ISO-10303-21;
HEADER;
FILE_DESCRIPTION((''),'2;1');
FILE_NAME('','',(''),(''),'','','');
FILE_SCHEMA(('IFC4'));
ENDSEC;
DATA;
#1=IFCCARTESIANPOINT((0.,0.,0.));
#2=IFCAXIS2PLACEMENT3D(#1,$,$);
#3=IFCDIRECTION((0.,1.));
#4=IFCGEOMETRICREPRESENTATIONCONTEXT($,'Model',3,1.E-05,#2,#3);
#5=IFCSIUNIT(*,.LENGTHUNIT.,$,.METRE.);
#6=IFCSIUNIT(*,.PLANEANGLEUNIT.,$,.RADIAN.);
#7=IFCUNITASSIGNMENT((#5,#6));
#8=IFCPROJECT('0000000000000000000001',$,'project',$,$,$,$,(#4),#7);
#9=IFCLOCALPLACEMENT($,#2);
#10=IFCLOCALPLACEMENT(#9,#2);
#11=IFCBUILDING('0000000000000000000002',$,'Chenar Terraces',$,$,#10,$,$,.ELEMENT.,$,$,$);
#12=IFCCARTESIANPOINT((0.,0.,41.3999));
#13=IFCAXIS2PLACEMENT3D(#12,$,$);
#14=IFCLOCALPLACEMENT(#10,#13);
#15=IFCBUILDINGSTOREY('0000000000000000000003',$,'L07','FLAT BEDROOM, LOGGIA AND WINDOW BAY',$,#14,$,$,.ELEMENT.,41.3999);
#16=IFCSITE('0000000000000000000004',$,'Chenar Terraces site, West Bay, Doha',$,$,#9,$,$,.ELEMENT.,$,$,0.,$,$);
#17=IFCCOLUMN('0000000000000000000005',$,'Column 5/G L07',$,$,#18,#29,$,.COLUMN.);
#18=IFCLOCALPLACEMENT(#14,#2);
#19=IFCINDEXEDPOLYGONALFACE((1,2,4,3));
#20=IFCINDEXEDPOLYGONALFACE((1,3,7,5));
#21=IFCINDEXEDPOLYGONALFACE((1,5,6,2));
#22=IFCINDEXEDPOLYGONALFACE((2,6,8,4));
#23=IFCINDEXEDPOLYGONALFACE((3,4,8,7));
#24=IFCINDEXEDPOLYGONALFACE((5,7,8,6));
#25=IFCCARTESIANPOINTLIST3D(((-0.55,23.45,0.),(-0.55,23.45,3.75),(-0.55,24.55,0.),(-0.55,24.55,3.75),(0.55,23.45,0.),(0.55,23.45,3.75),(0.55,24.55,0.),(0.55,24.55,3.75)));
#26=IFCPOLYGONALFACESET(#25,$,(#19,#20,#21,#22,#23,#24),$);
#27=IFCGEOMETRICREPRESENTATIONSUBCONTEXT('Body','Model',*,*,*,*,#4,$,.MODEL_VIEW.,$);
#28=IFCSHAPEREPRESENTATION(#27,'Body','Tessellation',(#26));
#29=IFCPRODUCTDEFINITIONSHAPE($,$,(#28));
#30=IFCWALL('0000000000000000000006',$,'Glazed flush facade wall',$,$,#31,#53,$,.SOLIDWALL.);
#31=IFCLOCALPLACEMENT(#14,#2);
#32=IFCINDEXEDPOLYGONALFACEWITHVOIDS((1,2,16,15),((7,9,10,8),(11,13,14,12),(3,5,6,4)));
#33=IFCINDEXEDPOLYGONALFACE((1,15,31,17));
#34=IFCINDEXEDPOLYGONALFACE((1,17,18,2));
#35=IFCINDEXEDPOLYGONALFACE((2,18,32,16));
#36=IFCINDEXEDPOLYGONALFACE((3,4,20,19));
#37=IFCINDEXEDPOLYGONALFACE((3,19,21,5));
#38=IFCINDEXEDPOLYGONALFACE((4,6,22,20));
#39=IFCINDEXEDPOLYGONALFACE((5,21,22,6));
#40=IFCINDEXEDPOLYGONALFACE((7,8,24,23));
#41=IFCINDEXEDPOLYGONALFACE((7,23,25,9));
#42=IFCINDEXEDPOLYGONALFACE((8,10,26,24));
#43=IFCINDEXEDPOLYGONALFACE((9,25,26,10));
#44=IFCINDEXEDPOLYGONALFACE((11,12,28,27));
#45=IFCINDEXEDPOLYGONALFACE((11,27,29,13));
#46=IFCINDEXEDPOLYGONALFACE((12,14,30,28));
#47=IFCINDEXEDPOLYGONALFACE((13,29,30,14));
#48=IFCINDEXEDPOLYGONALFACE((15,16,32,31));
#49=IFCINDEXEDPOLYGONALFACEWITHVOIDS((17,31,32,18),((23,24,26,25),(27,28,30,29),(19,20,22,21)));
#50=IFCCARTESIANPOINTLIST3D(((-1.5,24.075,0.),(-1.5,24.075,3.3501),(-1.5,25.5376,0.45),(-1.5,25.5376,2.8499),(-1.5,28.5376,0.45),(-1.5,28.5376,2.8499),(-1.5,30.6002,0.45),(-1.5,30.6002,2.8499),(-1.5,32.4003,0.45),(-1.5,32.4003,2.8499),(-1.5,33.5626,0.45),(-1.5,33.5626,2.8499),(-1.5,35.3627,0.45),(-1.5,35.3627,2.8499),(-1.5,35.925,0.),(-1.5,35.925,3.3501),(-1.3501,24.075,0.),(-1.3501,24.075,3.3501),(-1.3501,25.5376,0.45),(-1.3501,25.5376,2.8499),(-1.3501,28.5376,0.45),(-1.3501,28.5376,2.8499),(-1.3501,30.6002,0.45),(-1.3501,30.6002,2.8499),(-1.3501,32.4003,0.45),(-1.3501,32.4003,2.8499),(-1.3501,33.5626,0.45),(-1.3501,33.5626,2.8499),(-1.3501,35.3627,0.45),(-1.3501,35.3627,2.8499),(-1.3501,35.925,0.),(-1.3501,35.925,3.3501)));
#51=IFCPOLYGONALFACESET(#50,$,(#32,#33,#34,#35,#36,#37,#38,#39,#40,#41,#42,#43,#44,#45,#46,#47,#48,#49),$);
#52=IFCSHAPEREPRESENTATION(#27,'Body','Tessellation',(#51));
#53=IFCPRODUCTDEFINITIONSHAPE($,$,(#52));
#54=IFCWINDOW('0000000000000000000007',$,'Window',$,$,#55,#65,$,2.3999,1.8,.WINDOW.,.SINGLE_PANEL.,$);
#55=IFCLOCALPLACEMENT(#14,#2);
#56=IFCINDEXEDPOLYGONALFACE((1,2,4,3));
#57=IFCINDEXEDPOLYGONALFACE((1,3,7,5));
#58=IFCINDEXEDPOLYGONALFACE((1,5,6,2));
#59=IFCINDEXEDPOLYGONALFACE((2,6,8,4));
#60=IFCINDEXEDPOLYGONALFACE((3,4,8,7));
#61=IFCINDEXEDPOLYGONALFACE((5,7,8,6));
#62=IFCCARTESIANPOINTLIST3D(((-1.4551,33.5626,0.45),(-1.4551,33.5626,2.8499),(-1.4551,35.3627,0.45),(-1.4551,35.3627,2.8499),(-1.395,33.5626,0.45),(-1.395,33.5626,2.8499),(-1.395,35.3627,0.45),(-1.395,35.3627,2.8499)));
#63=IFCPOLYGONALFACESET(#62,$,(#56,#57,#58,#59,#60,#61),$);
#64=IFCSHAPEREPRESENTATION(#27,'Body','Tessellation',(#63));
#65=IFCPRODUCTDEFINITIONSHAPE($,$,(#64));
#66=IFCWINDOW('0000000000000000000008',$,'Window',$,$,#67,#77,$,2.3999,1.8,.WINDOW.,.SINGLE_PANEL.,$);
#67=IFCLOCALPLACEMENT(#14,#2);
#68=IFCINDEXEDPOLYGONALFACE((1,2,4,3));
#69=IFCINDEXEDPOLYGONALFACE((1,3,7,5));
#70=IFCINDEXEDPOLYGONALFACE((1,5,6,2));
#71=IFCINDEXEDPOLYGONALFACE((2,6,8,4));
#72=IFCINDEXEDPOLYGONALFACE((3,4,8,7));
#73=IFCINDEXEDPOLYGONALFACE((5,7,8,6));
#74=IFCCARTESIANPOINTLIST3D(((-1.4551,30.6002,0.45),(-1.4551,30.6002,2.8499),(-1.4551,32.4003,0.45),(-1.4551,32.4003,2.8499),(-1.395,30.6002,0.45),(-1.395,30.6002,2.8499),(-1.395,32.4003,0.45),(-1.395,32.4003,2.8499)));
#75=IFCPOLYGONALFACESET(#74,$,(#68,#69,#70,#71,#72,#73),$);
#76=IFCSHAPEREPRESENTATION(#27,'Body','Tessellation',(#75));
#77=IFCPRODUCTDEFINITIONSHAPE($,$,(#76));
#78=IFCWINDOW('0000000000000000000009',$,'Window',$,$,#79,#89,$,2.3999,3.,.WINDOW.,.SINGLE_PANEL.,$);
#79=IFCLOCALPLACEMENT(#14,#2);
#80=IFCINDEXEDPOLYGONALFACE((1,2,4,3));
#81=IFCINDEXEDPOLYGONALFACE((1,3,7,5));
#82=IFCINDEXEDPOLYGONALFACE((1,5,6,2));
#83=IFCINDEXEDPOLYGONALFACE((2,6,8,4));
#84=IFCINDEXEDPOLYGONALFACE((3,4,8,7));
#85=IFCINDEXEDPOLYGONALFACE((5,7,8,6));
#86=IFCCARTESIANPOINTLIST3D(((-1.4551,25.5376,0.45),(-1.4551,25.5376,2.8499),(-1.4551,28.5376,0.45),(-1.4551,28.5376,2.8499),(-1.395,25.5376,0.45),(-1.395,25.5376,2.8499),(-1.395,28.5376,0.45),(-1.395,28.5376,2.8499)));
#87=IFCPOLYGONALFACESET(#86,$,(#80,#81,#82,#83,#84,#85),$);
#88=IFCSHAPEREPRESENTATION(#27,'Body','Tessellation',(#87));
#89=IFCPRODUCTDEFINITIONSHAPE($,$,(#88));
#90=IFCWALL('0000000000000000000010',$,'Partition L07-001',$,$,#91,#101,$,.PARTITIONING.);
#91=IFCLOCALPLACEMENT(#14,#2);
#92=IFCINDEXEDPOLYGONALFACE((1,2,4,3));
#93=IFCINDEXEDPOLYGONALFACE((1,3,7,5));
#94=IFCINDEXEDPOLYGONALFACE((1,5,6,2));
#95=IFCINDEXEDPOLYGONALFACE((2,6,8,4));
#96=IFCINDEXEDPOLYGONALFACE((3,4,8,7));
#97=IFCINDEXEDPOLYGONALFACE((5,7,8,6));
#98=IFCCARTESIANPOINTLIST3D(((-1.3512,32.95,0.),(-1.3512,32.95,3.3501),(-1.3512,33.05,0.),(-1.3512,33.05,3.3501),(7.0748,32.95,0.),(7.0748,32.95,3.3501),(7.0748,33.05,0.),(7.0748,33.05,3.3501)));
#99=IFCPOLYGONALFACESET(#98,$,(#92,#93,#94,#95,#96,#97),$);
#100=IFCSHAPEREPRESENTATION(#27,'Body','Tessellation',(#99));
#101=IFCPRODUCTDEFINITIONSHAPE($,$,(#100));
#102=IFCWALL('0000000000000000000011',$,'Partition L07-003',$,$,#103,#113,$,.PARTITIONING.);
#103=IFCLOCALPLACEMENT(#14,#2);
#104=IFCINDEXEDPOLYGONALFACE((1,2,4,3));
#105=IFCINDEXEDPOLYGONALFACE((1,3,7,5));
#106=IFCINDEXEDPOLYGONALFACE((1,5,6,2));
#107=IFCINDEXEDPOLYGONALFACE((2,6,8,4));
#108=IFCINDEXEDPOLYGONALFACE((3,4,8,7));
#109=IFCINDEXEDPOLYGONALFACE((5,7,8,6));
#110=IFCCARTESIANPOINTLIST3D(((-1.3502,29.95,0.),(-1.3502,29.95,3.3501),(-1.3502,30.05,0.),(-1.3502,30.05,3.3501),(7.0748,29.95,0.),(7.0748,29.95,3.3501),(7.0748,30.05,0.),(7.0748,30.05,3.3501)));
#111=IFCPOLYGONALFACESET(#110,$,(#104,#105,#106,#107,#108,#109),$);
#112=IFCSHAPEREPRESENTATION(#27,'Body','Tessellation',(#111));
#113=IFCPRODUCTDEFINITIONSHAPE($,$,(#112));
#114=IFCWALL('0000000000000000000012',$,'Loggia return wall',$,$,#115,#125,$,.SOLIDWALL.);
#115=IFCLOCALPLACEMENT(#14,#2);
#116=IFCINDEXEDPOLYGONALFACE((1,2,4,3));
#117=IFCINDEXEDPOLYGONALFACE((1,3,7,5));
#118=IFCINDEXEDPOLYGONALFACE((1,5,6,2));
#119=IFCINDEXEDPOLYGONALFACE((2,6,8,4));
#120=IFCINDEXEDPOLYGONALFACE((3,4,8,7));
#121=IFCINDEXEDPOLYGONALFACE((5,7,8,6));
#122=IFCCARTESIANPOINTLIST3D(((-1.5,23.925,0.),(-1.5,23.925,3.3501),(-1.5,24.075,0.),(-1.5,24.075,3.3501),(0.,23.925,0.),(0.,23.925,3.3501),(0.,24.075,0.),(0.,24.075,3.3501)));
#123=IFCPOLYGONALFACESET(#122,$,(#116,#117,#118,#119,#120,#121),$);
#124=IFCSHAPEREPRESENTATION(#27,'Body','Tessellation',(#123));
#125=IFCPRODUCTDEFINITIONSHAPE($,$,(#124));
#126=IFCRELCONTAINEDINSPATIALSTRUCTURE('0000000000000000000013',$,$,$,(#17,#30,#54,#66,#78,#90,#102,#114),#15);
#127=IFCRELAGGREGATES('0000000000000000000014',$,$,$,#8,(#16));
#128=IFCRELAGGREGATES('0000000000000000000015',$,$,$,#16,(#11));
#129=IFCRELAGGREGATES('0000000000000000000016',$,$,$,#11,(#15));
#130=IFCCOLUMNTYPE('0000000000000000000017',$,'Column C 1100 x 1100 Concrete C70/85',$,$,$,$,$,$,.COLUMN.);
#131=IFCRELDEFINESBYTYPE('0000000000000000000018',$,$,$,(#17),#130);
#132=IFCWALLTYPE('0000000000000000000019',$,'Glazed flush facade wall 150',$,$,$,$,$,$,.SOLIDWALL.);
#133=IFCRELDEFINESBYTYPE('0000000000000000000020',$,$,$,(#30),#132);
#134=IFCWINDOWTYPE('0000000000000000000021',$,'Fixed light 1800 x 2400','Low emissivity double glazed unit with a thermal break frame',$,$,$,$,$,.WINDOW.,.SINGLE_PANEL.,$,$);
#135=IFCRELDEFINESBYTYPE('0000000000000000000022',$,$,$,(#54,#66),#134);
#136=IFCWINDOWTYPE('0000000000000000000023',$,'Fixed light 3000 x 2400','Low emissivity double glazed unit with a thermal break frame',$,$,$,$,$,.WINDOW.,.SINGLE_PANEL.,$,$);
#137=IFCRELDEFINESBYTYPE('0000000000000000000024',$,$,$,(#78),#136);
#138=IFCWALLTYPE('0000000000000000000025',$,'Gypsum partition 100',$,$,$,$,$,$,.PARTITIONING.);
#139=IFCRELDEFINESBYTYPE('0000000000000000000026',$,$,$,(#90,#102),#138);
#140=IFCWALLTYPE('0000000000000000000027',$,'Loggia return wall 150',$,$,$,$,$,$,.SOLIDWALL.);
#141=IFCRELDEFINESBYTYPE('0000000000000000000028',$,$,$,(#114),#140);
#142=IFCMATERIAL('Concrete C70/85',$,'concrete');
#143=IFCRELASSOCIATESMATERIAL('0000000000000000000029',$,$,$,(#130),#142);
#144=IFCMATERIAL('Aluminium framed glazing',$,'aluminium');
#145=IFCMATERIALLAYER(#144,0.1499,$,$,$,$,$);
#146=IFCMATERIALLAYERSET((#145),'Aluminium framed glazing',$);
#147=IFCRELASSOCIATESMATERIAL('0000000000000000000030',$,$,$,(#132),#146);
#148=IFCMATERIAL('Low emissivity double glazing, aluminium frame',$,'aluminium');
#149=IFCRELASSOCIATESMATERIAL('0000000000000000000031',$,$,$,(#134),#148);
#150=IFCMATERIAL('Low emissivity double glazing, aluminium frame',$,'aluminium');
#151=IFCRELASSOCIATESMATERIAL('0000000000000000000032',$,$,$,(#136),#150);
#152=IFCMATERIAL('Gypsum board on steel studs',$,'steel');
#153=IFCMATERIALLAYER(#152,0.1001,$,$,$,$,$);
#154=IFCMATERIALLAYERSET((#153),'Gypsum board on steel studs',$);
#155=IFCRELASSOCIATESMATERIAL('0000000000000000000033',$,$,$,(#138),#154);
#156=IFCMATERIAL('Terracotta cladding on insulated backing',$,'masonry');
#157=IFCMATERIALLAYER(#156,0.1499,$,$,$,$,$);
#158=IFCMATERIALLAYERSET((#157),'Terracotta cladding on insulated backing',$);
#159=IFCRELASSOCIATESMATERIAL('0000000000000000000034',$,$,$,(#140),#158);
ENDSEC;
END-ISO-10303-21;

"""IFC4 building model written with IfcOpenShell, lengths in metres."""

from ifc_helpers import new_model, si_unit, direction, frame, frame_2d, origin, origin_2d, place, context, subcontext, project, spatial, rectangle, extrude, material, layer, layer_set, material_profile, profile_set, type_object, element, fill, save


model = new_model("IFC4")

# Units and contexts
model_context = context("Model", 3, precision=1e-05, world=origin(), true_north=direction((0.0, 1.0)))
body_context = subcontext(model_context, "Body", "Model", "MODEL_VIEW")
ifc_project = project(units=[si_unit("LENGTHUNIT", "METRE"), si_unit("PLANEANGLEUNIT", "RADIAN")], contexts=[model_context])

# Site, building, storey
site_placement = place(None, origin())
site = spatial("IfcSite", under=ifc_project, at=site_placement, Name="Chenar Terraces site, West Bay, Doha", CompositionType="ELEMENT", RefElevation=0.0)
building_placement = place(site_placement, origin())
building = spatial("IfcBuilding", under=site, at=building_placement, Name="Chenar Terraces", CompositionType="ELEMENT")
storey_placement = place(building_placement, frame((0.0, 0.0, 41.3999)))
storey = spatial("IfcBuildingStorey", under=building, at=storey_placement, Name="L07", Description="FLAT BEDROOM, LOGGIA AND WINDOW BAY", CompositionType="ELEMENT", Elevation=41.3999)

# Column
ifc_material_1 = material(Name="Concrete C70/85", Category="concrete")
ifc_material_profile_1 = material_profile(ifc_material_1, rectangle(XDim=1.1001, YDim=1.1001, at=origin_2d()), Name="C 1100 x 1100")
ifc_profile_set_1 = profile_set([ifc_material_profile_1], Name="Concrete C70/85")
column_type = type_object("IfcColumnType", Name="Column C 1100 x 1100 Concrete C70/85", PredefinedType="COLUMN", material=ifc_profile_set_1)
column_placement = place(storey_placement, frame((0.0, 24.0, 0.0), z_axis=(0.0, 0.0, 1.0), x_axis=(1.0, 0.0, 0.0)))
element("IfcColumn", 1, at=column_placement, inside=storey, type_object=column_type, Name="Column 5/G L07", PredefinedType="COLUMN", context=body_context, shape_type="SweptSolid", body=[
    extrude(rectangle(XDim=1.1001, YDim=1.1001, at=origin_2d()), origin(), (0.0, 0.0, 1.0), 3.75),
])

# Wall, openings, windows
ifc_material_2 = material(Name="Aluminium framed glazing", Category="aluminium")
ifc_layer_1 = layer(ifc_material_2, 0.1499)
ifc_layer_set_1 = layer_set([ifc_layer_1], Name="Aluminium framed glazing")
wall_type_1 = type_object("IfcWallType", Name="Glazed flush facade wall 150", PredefinedType="SOLIDWALL", material=ifc_layer_set_1)
wall_1_placement = place(storey_placement, frame((-1.425, 35.925, 0.0), z_axis=(0.0, 0.0, 1.0), x_axis=(0.0, -1.0, 0.0)))
wall_1 = element("IfcWall", 2, at=wall_1_placement, inside=storey, type_object=wall_type_1, Name="Glazed flush facade wall", PredefinedType="SOLIDWALL", context=body_context, shape_type="SweptSolid", body=[
    extrude(rectangle(XDim=11.8501, YDim=0.1499, at=frame_2d((5.925, 0.0))), origin(), (0.0, 0.0, 1.0), 3.3501),
])
opening_1_placement = place(wall_1_placement, frame((0.5625, 0.0, 0.45)))
opening_1 = element("IfcOpeningElement", 3, at=opening_1_placement, cuts=wall_1, PredefinedType="OPENING", context=body_context, shape_type="SweptSolid", body=[
    extrude(rectangle(XDim=1.8, YDim=2.3999, at=frame_2d((0.8999, 1.2))), frame((0.0, 0.085, 0.0), z_axis=(0.0, -1.0, 0.0), x_axis=(1.0, 0.0, 0.0)), (0.0, 0.0, 1.0), 0.1699),
])
opening_2_placement = place(wall_1_placement, frame((3.5249, 0.0, 0.45)))
opening_2 = element("IfcOpeningElement", 4, at=opening_2_placement, cuts=wall_1, PredefinedType="OPENING", context=body_context, shape_type="SweptSolid", body=[
    extrude(rectangle(XDim=1.8, YDim=2.3999, at=frame_2d((0.8999, 1.2))), frame((0.0, 0.085, 0.0), z_axis=(0.0, -1.0, 0.0), x_axis=(1.0, 0.0, 0.0)), (0.0, 0.0, 1.0), 0.1699),
])
opening_3_placement = place(wall_1_placement, frame((7.3875, 0.0, 0.45)))
opening_3 = element("IfcOpeningElement", 5, at=opening_3_placement, cuts=wall_1, PredefinedType="OPENING", context=body_context, shape_type="SweptSolid", body=[
    extrude(rectangle(XDim=3.0, YDim=2.3999, at=frame_2d((1.5, 1.2))), frame((0.0, 0.085, 0.0), z_axis=(0.0, -1.0, 0.0), x_axis=(1.0, 0.0, 0.0)), (0.0, 0.0, 1.0), 0.1699),
])
ifc_material_3 = material(Name="Low emissivity double glazing, aluminium frame", Category="aluminium")
window_type_1 = type_object("IfcWindowType", Name="Fixed light 1800 x 2400", Description="Low emissivity double glazed unit with a thermal break frame", PartitioningType="SINGLE_PANEL", PredefinedType="WINDOW", material=ifc_material_3)
window_1_placement = place(opening_1_placement, origin())
window_1 = element("IfcWindow", 6, at=window_1_placement, inside=storey, type_object=window_type_1, Name="Window", OverallHeight=2.3999, OverallWidth=1.8, PartitioningType="SINGLE_PANEL", PredefinedType="WINDOW", context=body_context, shape_type="SweptSolid", body=[
    extrude(rectangle(XDim=1.8, YDim=2.3999, at=frame_2d((0.8999, 1.2))), frame((0.0, 0.03, 0.0), z_axis=(0.0, -1.0, 0.0), x_axis=(1.0, 0.0, 0.0)), (0.0, 0.0, 1.0), 0.0601),
])
fill(opening_1, window_1)
window_2_placement = place(opening_2_placement, origin())
window_2 = element("IfcWindow", 7, at=window_2_placement, inside=storey, type_object=window_type_1, Name="Window", OverallHeight=2.3999, OverallWidth=1.8, PartitioningType="SINGLE_PANEL", PredefinedType="WINDOW", context=body_context, shape_type="SweptSolid", body=[
    extrude(rectangle(XDim=1.8, YDim=2.3999, at=frame_2d((0.8999, 1.2))), frame((0.0, 0.03, 0.0), z_axis=(0.0, -1.0, 0.0), x_axis=(1.0, 0.0, 0.0)), (0.0, 0.0, 1.0), 0.0601),
])
fill(opening_2, window_2)
ifc_material_4 = material(Name="Low emissivity double glazing, aluminium frame", Category="aluminium")
window_type_2 = type_object("IfcWindowType", Name="Fixed light 3000 x 2400", Description="Low emissivity double glazed unit with a thermal break frame", PartitioningType="SINGLE_PANEL", PredefinedType="WINDOW", material=ifc_material_4)
window_3_placement = place(opening_3_placement, origin())
window_3 = element("IfcWindow", 8, at=window_3_placement, inside=storey, type_object=window_type_2, Name="Window", OverallHeight=2.3999, OverallWidth=3.0, PartitioningType="SINGLE_PANEL", PredefinedType="WINDOW", context=body_context, shape_type="SweptSolid", body=[
    extrude(rectangle(XDim=3.0, YDim=2.3999, at=frame_2d((1.5, 1.2))), frame((0.0, 0.03, 0.0), z_axis=(0.0, -1.0, 0.0), x_axis=(1.0, 0.0, 0.0)), (0.0, 0.0, 1.0), 0.0601),
])
fill(opening_3, window_3)

# Walls
ifc_material_5 = material(Name="Gypsum board on steel studs", Category="steel")
ifc_layer_2 = layer(ifc_material_5, 0.1001)
ifc_layer_set_2 = layer_set([ifc_layer_2], Name="Gypsum board on steel studs")
wall_type_2 = type_object("IfcWallType", Name="Gypsum partition 100", PredefinedType="PARTITIONING", material=ifc_layer_set_2)
wall_2_placement = place(storey_placement, frame((-1.3511, 33.0, 0.0), z_axis=(0.0, 0.0, 1.0), x_axis=(1.0, 0.0, 0.0)))
element("IfcWall", 9, at=wall_2_placement, inside=storey, type_object=wall_type_2, Name="Partition L07-001", PredefinedType="PARTITIONING", context=body_context, shape_type="SweptSolid", body=[
    extrude(rectangle(XDim=8.426, YDim=0.1001, at=frame_2d((4.2129, 0.0))), origin(), (0.0, 0.0, 1.0), 3.3501),
])
wall_3_placement = place(storey_placement, frame((-1.3501, 30.0, 0.0), z_axis=(0.0, 0.0, 1.0), x_axis=(1.0, 0.0, 0.0)))
element("IfcWall", 10, at=wall_3_placement, inside=storey, type_object=wall_type_2, Name="Partition L07-003", PredefinedType="PARTITIONING", context=body_context, shape_type="SweptSolid", body=[
    extrude(rectangle(XDim=8.425, YDim=0.1001, at=frame_2d((4.2124, 0.0))), origin(), (0.0, 0.0, 1.0), 3.3501),
])
ifc_material_6 = material(Name="Terracotta cladding on insulated backing", Category="masonry")
ifc_layer_3 = layer(ifc_material_6, 0.1499)
ifc_layer_set_3 = layer_set([ifc_layer_3], Name="Terracotta cladding on insulated backing")
wall_type_3 = type_object("IfcWallType", Name="Loggia return wall 150", PredefinedType="SOLIDWALL", material=ifc_layer_set_3)
wall_4_placement = place(storey_placement, frame((-1.5, 24.0, 0.0), z_axis=(0.0, 0.0, 1.0), x_axis=(1.0, 0.0, 0.0)))
element("IfcWall", 11, at=wall_4_placement, inside=storey, type_object=wall_type_3, Name="Loggia return wall", PredefinedType="SOLIDWALL", context=body_context, shape_type="SweptSolid", body=[
    extrude(rectangle(XDim=1.5, YDim=0.1499, at=frame_2d((0.75, 0.0))), origin(), (0.0, 0.0, 1.0), 3.3501),
])

save(model, "model.ifc")
